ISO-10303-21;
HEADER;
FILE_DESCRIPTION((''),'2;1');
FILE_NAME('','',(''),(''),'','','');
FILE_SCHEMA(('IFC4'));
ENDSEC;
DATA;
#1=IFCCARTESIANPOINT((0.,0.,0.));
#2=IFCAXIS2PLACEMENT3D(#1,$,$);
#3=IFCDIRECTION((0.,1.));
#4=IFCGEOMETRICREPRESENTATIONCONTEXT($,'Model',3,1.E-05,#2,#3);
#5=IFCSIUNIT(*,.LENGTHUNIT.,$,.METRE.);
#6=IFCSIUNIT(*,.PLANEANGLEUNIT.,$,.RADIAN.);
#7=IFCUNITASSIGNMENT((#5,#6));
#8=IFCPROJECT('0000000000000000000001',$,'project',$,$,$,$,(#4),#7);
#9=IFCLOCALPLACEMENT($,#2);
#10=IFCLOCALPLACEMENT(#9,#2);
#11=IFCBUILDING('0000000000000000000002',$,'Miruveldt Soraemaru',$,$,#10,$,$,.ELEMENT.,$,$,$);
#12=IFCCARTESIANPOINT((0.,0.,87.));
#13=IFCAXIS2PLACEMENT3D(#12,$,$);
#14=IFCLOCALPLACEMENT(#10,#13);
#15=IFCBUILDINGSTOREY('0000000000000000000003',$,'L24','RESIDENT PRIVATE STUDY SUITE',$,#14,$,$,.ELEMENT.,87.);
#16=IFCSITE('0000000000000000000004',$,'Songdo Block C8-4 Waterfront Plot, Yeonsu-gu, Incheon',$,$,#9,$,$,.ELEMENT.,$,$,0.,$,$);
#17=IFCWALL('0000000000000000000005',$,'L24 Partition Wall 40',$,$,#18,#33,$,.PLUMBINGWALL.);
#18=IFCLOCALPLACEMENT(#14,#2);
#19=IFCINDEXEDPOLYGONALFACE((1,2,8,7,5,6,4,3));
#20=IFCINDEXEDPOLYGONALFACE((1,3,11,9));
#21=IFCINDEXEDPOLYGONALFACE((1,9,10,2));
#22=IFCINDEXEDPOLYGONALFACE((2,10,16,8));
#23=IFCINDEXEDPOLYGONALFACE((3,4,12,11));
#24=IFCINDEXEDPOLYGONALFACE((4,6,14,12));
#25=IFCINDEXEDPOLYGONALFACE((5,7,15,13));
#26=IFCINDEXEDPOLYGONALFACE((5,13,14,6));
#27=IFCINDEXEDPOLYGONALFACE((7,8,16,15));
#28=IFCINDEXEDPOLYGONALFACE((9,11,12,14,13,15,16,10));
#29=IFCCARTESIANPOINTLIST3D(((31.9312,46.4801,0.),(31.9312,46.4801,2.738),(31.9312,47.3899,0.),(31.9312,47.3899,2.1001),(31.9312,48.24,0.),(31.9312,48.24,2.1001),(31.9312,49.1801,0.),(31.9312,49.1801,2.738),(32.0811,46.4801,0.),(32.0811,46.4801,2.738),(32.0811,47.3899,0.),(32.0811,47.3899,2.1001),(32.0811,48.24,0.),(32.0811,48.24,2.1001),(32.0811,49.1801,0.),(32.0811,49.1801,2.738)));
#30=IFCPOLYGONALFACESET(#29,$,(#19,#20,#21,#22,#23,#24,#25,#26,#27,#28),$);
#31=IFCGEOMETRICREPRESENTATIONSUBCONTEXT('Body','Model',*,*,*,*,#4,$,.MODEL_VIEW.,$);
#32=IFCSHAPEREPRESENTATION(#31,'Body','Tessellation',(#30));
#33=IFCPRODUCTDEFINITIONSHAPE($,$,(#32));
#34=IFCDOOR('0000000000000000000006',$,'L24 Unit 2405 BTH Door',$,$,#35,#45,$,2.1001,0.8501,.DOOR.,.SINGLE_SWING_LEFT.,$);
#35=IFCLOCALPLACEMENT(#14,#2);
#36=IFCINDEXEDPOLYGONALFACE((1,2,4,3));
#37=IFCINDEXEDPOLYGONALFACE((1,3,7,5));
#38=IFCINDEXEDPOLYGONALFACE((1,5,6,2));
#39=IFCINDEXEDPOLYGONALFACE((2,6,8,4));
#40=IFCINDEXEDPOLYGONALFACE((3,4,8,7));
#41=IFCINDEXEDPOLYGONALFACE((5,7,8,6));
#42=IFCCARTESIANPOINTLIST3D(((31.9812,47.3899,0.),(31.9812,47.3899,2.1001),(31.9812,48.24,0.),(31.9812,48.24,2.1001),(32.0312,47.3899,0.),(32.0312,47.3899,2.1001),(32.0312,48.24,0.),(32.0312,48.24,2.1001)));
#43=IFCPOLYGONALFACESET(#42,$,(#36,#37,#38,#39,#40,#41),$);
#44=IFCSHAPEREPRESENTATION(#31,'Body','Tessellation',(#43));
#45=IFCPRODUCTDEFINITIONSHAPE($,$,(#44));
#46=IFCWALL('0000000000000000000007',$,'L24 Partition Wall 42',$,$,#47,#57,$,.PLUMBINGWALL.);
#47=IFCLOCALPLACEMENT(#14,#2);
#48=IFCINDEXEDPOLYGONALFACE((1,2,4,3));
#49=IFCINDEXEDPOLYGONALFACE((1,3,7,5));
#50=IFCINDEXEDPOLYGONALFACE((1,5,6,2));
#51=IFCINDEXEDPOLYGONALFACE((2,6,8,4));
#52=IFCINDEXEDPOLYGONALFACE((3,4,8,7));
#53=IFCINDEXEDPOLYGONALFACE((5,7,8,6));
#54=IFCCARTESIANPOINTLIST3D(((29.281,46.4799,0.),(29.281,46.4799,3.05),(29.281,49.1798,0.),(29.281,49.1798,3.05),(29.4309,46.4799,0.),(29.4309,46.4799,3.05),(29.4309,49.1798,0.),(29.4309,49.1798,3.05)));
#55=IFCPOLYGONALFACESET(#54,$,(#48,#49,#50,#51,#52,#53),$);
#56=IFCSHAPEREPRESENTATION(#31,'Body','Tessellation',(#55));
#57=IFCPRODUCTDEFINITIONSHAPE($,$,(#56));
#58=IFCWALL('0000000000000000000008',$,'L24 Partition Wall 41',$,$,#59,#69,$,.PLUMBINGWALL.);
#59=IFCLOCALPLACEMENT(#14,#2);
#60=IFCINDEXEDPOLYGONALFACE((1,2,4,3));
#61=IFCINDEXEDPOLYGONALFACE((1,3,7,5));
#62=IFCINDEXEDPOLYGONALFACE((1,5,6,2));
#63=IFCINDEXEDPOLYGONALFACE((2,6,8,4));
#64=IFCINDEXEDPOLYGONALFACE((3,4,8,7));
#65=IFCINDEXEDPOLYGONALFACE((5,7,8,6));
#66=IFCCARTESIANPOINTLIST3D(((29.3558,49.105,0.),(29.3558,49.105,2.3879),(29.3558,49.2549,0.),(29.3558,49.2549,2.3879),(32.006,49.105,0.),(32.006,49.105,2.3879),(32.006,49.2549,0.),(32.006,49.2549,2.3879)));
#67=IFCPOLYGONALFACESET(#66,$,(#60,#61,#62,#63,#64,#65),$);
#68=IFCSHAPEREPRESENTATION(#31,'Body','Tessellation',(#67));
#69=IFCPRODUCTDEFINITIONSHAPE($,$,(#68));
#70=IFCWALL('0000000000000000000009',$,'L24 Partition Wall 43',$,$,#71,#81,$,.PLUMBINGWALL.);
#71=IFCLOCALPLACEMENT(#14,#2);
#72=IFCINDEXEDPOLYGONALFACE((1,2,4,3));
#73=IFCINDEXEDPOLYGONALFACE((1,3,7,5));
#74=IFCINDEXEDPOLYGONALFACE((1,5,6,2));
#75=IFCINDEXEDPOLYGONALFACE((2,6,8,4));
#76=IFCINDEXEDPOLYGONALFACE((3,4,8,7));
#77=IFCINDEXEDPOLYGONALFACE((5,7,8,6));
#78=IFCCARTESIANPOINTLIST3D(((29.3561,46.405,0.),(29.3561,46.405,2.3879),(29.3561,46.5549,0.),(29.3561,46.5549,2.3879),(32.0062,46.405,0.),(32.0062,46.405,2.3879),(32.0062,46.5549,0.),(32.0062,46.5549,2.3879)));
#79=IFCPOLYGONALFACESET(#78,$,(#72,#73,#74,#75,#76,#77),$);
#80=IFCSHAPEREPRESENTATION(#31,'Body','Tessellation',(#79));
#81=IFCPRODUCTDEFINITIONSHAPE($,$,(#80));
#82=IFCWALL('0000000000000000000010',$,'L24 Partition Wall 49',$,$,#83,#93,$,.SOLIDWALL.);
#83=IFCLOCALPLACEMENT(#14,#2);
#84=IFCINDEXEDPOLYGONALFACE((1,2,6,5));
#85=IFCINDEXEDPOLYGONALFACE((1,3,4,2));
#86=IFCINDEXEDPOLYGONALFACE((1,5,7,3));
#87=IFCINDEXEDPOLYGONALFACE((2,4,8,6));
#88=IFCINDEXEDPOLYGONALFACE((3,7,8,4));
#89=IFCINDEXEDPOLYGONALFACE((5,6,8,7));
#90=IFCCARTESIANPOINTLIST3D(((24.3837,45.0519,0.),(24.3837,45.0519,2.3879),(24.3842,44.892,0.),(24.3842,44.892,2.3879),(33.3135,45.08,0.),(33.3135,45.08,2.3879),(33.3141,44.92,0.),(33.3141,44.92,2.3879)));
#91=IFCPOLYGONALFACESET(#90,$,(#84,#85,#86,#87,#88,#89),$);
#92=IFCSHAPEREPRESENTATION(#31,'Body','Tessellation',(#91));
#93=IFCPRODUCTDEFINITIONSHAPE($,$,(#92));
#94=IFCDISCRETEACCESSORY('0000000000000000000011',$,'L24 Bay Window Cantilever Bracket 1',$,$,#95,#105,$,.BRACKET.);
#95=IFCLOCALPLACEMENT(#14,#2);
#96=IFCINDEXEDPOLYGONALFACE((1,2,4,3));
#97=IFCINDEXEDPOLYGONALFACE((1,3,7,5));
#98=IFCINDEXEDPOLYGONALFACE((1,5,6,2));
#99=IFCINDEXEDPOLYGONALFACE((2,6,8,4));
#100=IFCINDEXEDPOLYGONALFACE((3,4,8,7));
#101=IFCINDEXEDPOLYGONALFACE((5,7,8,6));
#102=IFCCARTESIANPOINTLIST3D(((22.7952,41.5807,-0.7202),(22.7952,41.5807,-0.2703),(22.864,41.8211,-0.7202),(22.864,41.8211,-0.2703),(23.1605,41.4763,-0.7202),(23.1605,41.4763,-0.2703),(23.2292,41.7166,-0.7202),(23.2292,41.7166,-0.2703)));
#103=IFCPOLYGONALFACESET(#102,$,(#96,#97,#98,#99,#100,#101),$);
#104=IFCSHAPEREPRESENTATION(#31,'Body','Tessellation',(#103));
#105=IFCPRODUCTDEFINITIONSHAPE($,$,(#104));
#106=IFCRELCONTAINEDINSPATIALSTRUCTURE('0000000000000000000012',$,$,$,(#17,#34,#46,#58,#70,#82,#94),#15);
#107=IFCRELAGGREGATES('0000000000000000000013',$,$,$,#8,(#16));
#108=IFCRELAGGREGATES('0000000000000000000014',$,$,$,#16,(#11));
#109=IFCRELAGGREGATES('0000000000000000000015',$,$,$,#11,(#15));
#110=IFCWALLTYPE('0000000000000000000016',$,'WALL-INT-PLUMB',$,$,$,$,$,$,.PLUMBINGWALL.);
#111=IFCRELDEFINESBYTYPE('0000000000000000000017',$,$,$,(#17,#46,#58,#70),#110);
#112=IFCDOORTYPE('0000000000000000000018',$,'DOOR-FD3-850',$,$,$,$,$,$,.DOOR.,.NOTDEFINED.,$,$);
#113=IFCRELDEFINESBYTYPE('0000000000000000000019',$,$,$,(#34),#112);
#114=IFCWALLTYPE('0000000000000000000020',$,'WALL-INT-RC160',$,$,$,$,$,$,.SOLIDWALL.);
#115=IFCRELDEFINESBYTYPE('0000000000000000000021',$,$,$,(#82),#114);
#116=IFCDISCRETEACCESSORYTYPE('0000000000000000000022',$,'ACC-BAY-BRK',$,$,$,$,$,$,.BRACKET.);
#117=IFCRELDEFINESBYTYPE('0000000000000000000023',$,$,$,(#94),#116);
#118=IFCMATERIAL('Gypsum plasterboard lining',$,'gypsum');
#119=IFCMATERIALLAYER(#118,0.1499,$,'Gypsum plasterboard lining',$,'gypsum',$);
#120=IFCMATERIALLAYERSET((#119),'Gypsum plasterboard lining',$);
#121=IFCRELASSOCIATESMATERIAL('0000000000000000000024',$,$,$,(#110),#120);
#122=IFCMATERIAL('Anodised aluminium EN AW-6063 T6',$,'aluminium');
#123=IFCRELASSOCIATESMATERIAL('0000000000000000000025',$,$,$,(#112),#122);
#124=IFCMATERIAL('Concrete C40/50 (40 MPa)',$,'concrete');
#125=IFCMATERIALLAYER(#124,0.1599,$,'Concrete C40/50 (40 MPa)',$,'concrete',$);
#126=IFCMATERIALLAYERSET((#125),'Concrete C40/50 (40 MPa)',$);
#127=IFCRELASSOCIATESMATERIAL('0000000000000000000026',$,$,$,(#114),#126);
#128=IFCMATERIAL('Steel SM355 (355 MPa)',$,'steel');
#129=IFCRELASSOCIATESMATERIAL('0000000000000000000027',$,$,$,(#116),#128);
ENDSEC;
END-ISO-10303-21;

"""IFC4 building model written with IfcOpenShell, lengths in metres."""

from ifc_helpers import new_model, si_unit, direction, frame, frame_2d, origin, origin_2d, place, context, subcontext, project, spatial, rectangle, extrude, material, layer, layer_set, type_object, element, fill, save


model = new_model("IFC4")

# Units and contexts
model_context = context("Model", 3, precision=1e-05, world=origin(), true_north=direction((0.0, 1.0)))
body_context = subcontext(model_context, "Body", "Model", "MODEL_VIEW")
ifc_project = project(units=[si_unit("LENGTHUNIT", "METRE"), si_unit("PLANEANGLEUNIT", "RADIAN")], contexts=[model_context])

# Site, building, storey
site_placement = place(None, origin())
site = spatial("IfcSite", under=ifc_project, at=site_placement, Name="Songdo Block C8-4 Waterfront Plot, Yeonsu-gu, Incheon", CompositionType="ELEMENT", RefElevation=0.0)
building_placement = place(site_placement, origin())
building = spatial("IfcBuilding", under=site, at=building_placement, Name="Miruveldt Soraemaru", CompositionType="ELEMENT")
storey_placement = place(building_placement, frame((0.0, 0.0, 87.0)))
storey = spatial("IfcBuildingStorey", under=building, at=storey_placement, Name="L24", Description="RESIDENT PRIVATE STUDY SUITE", CompositionType="ELEMENT", Elevation=87.0)

# Shared definitions
ifc_material_1 = material(Name="Steel SM355 (355 MPa)", Category="steel")

# Shared definitions
ifc_material_2 = material(Name="Gypsum plasterboard lining", Category="gypsum")
ifc_material_3 = material(Name="Anodised aluminium EN AW-6063 T6", Category="aluminium")

# Wall, opening, door
ifc_layer_1 = layer(ifc_material_2, 0.1499, Name="Gypsum plasterboard lining", Category="gypsum")
ifc_layer_set_1 = layer_set([ifc_layer_1], Name="Gypsum plasterboard lining")
wall_type_1 = type_object("IfcWallType", Name="WALL-INT-PLUMB", PredefinedType="PLUMBINGWALL", material=ifc_layer_set_1)
wall_1_placement = place(storey_placement, frame((32.0061, 46.48, 0.0), z_axis=(0.0, 0.0, 1.0), x_axis=(0.0, 1.0, 0.0)))
wall_1 = element("IfcWall", 1, at=wall_1_placement, inside=storey, type_object=wall_type_1, Name="L24 Partition Wall 40", PredefinedType="PLUMBINGWALL", context=body_context, shape_type="SweptSolid", body=[
    extrude(rectangle(XDim=2.7, YDim=0.1499, at=frame_2d((1.3501, 0.0))), origin(), (0.0, 0.0, 1.0), 2.738),
])
opening_1_placement = place(wall_1_placement, frame((0.9099, 0.0, 0.0)))
opening_1 = element("IfcOpeningElement", 2, at=opening_1_placement, cuts=wall_1, PredefinedType="OPENING", context=body_context, shape_type="SweptSolid", body=[
    extrude(rectangle(XDim=0.8501, YDim=2.1001, at=frame_2d((0.425, 1.05))), frame((0.0, 0.085, 0.0), z_axis=(0.0, -1.0, 0.0), x_axis=(1.0, 0.0, 0.0)), (0.0, 0.0, 1.0), 0.1699),
])
door_type_1 = type_object("IfcDoorType", Name="DOOR-FD3-850", OperationType="NOTDEFINED", PredefinedType="DOOR", material=ifc_material_3)
door_1_placement = place(opening_1_placement, origin())
door_1 = element("IfcDoor", 3, at=door_1_placement, inside=storey, type_object=door_type_1, Name="L24 Unit 2405 BTH Door", OperationType="SINGLE_SWING_LEFT", OverallHeight=2.1001, OverallWidth=0.8501, PredefinedType="DOOR", context=body_context, shape_type="SweptSolid", body=[
    extrude(rectangle(XDim=0.8501, YDim=2.1001, at=frame_2d((0.425, 1.05))), frame((0.0, 0.0249, 0.0), z_axis=(0.0, -1.0, 0.0), x_axis=(1.0, 0.0, 0.0)), (0.0, 0.0, 1.0), 0.05),
])
fill(opening_1, door_1)

# Walls
wall_2_placement = place(storey_placement, frame((29.356, 49.1799, 0.0), z_axis=(0.0, 0.0, 1.0), x_axis=(0.0, -1.0, 0.0)))
element("IfcWall", 4, at=wall_2_placement, inside=storey, type_object=wall_type_1, Name="L24 Partition Wall 42", PredefinedType="PLUMBINGWALL", context=body_context, shape_type="SweptSolid", body=[
    extrude(rectangle(XDim=2.7, YDim=0.1499, at=frame_2d((1.3501, 0.0))), origin(), (0.0, 0.0, 1.0), 3.05),
])
for number, where, z_axis, x_axis, name in (
    (5, (32.0061, 49.1799, 0.0), (0.0, 0.0, 1.0), (-1.0, 0.0, 0.0), "L24 Partition Wall 41"),
    (6, (29.356, 46.48, 0.0), (0.0, 0.0, 1.0), (1.0, 0.0, 0.0), "L24 Partition Wall 43"),
):
    element("IfcWall", number, at=place(storey_placement, frame(where, z_axis=z_axis, x_axis=x_axis)), inside=storey, type_object=wall_type_1, Name=name, PredefinedType="PLUMBINGWALL", context=body_context, shape_type="SweptSolid", body=[
        extrude(rectangle(XDim=2.6501, YDim=0.1499, at=frame_2d((1.3252, 0.0))), origin(), (0.0, 0.0, 1.0), 2.3879),
    ])
ifc_material_4 = material(Name="Concrete C40/50 (40 MPa)", Category="concrete")
ifc_layer_2 = layer(ifc_material_4, 0.1599, Name="Concrete C40/50 (40 MPa)", Category="concrete")
ifc_layer_set_2 = layer_set([ifc_layer_2], Name="Concrete C40/50 (40 MPa)")
wall_type_2 = type_object("IfcWallType", Name="WALL-INT-RC160", PredefinedType="SOLIDWALL", material=ifc_layer_set_2)
wall_3_placement = place(storey_placement, frame((24.384, 44.9719, 0.0), z_axis=(0.0, 0.0, 1.0), x_axis=(0.999995, 0.003144, 0.0)))
element("IfcWall", 7, at=wall_3_placement, inside=storey, type_object=wall_type_2, Name="L24 Partition Wall 49", PredefinedType="SOLIDWALL", context=body_context, shape_type="SweptSolid", body=[
    extrude(rectangle(XDim=8.9299, YDim=0.1599, at=frame_2d((4.4648, 0.0))), origin(), (0.0, 0.0, 1.0), 2.3879),
])

# Discrete accessory
discrete_accessory_type = type_object("IfcDiscreteAccessoryType", Name="ACC-BAY-BRK", PredefinedType="BRACKET", material=ifc_material_1)
discrete_accessory_placement = place(storey_placement, frame((23.0122, 41.6487, -0.7202), z_axis=(0.0, 0.0, 1.0), x_axis=(-0.961449, 0.274983, 0.0)))
element("IfcDiscreteAccessory", 8, at=discrete_accessory_placement, inside=storey, type_object=discrete_accessory_type, Name="L24 Bay Window Cantilever Bracket 1", PredefinedType="BRACKET", context=body_context, shape_type="SweptSolid", body=[
    extrude(rectangle(XDim=0.3799, YDim=0.25, at=origin_2d()), origin(), (0.0, 0.0, 1.0), 0.45),
])

save(model, "model.ifc")
